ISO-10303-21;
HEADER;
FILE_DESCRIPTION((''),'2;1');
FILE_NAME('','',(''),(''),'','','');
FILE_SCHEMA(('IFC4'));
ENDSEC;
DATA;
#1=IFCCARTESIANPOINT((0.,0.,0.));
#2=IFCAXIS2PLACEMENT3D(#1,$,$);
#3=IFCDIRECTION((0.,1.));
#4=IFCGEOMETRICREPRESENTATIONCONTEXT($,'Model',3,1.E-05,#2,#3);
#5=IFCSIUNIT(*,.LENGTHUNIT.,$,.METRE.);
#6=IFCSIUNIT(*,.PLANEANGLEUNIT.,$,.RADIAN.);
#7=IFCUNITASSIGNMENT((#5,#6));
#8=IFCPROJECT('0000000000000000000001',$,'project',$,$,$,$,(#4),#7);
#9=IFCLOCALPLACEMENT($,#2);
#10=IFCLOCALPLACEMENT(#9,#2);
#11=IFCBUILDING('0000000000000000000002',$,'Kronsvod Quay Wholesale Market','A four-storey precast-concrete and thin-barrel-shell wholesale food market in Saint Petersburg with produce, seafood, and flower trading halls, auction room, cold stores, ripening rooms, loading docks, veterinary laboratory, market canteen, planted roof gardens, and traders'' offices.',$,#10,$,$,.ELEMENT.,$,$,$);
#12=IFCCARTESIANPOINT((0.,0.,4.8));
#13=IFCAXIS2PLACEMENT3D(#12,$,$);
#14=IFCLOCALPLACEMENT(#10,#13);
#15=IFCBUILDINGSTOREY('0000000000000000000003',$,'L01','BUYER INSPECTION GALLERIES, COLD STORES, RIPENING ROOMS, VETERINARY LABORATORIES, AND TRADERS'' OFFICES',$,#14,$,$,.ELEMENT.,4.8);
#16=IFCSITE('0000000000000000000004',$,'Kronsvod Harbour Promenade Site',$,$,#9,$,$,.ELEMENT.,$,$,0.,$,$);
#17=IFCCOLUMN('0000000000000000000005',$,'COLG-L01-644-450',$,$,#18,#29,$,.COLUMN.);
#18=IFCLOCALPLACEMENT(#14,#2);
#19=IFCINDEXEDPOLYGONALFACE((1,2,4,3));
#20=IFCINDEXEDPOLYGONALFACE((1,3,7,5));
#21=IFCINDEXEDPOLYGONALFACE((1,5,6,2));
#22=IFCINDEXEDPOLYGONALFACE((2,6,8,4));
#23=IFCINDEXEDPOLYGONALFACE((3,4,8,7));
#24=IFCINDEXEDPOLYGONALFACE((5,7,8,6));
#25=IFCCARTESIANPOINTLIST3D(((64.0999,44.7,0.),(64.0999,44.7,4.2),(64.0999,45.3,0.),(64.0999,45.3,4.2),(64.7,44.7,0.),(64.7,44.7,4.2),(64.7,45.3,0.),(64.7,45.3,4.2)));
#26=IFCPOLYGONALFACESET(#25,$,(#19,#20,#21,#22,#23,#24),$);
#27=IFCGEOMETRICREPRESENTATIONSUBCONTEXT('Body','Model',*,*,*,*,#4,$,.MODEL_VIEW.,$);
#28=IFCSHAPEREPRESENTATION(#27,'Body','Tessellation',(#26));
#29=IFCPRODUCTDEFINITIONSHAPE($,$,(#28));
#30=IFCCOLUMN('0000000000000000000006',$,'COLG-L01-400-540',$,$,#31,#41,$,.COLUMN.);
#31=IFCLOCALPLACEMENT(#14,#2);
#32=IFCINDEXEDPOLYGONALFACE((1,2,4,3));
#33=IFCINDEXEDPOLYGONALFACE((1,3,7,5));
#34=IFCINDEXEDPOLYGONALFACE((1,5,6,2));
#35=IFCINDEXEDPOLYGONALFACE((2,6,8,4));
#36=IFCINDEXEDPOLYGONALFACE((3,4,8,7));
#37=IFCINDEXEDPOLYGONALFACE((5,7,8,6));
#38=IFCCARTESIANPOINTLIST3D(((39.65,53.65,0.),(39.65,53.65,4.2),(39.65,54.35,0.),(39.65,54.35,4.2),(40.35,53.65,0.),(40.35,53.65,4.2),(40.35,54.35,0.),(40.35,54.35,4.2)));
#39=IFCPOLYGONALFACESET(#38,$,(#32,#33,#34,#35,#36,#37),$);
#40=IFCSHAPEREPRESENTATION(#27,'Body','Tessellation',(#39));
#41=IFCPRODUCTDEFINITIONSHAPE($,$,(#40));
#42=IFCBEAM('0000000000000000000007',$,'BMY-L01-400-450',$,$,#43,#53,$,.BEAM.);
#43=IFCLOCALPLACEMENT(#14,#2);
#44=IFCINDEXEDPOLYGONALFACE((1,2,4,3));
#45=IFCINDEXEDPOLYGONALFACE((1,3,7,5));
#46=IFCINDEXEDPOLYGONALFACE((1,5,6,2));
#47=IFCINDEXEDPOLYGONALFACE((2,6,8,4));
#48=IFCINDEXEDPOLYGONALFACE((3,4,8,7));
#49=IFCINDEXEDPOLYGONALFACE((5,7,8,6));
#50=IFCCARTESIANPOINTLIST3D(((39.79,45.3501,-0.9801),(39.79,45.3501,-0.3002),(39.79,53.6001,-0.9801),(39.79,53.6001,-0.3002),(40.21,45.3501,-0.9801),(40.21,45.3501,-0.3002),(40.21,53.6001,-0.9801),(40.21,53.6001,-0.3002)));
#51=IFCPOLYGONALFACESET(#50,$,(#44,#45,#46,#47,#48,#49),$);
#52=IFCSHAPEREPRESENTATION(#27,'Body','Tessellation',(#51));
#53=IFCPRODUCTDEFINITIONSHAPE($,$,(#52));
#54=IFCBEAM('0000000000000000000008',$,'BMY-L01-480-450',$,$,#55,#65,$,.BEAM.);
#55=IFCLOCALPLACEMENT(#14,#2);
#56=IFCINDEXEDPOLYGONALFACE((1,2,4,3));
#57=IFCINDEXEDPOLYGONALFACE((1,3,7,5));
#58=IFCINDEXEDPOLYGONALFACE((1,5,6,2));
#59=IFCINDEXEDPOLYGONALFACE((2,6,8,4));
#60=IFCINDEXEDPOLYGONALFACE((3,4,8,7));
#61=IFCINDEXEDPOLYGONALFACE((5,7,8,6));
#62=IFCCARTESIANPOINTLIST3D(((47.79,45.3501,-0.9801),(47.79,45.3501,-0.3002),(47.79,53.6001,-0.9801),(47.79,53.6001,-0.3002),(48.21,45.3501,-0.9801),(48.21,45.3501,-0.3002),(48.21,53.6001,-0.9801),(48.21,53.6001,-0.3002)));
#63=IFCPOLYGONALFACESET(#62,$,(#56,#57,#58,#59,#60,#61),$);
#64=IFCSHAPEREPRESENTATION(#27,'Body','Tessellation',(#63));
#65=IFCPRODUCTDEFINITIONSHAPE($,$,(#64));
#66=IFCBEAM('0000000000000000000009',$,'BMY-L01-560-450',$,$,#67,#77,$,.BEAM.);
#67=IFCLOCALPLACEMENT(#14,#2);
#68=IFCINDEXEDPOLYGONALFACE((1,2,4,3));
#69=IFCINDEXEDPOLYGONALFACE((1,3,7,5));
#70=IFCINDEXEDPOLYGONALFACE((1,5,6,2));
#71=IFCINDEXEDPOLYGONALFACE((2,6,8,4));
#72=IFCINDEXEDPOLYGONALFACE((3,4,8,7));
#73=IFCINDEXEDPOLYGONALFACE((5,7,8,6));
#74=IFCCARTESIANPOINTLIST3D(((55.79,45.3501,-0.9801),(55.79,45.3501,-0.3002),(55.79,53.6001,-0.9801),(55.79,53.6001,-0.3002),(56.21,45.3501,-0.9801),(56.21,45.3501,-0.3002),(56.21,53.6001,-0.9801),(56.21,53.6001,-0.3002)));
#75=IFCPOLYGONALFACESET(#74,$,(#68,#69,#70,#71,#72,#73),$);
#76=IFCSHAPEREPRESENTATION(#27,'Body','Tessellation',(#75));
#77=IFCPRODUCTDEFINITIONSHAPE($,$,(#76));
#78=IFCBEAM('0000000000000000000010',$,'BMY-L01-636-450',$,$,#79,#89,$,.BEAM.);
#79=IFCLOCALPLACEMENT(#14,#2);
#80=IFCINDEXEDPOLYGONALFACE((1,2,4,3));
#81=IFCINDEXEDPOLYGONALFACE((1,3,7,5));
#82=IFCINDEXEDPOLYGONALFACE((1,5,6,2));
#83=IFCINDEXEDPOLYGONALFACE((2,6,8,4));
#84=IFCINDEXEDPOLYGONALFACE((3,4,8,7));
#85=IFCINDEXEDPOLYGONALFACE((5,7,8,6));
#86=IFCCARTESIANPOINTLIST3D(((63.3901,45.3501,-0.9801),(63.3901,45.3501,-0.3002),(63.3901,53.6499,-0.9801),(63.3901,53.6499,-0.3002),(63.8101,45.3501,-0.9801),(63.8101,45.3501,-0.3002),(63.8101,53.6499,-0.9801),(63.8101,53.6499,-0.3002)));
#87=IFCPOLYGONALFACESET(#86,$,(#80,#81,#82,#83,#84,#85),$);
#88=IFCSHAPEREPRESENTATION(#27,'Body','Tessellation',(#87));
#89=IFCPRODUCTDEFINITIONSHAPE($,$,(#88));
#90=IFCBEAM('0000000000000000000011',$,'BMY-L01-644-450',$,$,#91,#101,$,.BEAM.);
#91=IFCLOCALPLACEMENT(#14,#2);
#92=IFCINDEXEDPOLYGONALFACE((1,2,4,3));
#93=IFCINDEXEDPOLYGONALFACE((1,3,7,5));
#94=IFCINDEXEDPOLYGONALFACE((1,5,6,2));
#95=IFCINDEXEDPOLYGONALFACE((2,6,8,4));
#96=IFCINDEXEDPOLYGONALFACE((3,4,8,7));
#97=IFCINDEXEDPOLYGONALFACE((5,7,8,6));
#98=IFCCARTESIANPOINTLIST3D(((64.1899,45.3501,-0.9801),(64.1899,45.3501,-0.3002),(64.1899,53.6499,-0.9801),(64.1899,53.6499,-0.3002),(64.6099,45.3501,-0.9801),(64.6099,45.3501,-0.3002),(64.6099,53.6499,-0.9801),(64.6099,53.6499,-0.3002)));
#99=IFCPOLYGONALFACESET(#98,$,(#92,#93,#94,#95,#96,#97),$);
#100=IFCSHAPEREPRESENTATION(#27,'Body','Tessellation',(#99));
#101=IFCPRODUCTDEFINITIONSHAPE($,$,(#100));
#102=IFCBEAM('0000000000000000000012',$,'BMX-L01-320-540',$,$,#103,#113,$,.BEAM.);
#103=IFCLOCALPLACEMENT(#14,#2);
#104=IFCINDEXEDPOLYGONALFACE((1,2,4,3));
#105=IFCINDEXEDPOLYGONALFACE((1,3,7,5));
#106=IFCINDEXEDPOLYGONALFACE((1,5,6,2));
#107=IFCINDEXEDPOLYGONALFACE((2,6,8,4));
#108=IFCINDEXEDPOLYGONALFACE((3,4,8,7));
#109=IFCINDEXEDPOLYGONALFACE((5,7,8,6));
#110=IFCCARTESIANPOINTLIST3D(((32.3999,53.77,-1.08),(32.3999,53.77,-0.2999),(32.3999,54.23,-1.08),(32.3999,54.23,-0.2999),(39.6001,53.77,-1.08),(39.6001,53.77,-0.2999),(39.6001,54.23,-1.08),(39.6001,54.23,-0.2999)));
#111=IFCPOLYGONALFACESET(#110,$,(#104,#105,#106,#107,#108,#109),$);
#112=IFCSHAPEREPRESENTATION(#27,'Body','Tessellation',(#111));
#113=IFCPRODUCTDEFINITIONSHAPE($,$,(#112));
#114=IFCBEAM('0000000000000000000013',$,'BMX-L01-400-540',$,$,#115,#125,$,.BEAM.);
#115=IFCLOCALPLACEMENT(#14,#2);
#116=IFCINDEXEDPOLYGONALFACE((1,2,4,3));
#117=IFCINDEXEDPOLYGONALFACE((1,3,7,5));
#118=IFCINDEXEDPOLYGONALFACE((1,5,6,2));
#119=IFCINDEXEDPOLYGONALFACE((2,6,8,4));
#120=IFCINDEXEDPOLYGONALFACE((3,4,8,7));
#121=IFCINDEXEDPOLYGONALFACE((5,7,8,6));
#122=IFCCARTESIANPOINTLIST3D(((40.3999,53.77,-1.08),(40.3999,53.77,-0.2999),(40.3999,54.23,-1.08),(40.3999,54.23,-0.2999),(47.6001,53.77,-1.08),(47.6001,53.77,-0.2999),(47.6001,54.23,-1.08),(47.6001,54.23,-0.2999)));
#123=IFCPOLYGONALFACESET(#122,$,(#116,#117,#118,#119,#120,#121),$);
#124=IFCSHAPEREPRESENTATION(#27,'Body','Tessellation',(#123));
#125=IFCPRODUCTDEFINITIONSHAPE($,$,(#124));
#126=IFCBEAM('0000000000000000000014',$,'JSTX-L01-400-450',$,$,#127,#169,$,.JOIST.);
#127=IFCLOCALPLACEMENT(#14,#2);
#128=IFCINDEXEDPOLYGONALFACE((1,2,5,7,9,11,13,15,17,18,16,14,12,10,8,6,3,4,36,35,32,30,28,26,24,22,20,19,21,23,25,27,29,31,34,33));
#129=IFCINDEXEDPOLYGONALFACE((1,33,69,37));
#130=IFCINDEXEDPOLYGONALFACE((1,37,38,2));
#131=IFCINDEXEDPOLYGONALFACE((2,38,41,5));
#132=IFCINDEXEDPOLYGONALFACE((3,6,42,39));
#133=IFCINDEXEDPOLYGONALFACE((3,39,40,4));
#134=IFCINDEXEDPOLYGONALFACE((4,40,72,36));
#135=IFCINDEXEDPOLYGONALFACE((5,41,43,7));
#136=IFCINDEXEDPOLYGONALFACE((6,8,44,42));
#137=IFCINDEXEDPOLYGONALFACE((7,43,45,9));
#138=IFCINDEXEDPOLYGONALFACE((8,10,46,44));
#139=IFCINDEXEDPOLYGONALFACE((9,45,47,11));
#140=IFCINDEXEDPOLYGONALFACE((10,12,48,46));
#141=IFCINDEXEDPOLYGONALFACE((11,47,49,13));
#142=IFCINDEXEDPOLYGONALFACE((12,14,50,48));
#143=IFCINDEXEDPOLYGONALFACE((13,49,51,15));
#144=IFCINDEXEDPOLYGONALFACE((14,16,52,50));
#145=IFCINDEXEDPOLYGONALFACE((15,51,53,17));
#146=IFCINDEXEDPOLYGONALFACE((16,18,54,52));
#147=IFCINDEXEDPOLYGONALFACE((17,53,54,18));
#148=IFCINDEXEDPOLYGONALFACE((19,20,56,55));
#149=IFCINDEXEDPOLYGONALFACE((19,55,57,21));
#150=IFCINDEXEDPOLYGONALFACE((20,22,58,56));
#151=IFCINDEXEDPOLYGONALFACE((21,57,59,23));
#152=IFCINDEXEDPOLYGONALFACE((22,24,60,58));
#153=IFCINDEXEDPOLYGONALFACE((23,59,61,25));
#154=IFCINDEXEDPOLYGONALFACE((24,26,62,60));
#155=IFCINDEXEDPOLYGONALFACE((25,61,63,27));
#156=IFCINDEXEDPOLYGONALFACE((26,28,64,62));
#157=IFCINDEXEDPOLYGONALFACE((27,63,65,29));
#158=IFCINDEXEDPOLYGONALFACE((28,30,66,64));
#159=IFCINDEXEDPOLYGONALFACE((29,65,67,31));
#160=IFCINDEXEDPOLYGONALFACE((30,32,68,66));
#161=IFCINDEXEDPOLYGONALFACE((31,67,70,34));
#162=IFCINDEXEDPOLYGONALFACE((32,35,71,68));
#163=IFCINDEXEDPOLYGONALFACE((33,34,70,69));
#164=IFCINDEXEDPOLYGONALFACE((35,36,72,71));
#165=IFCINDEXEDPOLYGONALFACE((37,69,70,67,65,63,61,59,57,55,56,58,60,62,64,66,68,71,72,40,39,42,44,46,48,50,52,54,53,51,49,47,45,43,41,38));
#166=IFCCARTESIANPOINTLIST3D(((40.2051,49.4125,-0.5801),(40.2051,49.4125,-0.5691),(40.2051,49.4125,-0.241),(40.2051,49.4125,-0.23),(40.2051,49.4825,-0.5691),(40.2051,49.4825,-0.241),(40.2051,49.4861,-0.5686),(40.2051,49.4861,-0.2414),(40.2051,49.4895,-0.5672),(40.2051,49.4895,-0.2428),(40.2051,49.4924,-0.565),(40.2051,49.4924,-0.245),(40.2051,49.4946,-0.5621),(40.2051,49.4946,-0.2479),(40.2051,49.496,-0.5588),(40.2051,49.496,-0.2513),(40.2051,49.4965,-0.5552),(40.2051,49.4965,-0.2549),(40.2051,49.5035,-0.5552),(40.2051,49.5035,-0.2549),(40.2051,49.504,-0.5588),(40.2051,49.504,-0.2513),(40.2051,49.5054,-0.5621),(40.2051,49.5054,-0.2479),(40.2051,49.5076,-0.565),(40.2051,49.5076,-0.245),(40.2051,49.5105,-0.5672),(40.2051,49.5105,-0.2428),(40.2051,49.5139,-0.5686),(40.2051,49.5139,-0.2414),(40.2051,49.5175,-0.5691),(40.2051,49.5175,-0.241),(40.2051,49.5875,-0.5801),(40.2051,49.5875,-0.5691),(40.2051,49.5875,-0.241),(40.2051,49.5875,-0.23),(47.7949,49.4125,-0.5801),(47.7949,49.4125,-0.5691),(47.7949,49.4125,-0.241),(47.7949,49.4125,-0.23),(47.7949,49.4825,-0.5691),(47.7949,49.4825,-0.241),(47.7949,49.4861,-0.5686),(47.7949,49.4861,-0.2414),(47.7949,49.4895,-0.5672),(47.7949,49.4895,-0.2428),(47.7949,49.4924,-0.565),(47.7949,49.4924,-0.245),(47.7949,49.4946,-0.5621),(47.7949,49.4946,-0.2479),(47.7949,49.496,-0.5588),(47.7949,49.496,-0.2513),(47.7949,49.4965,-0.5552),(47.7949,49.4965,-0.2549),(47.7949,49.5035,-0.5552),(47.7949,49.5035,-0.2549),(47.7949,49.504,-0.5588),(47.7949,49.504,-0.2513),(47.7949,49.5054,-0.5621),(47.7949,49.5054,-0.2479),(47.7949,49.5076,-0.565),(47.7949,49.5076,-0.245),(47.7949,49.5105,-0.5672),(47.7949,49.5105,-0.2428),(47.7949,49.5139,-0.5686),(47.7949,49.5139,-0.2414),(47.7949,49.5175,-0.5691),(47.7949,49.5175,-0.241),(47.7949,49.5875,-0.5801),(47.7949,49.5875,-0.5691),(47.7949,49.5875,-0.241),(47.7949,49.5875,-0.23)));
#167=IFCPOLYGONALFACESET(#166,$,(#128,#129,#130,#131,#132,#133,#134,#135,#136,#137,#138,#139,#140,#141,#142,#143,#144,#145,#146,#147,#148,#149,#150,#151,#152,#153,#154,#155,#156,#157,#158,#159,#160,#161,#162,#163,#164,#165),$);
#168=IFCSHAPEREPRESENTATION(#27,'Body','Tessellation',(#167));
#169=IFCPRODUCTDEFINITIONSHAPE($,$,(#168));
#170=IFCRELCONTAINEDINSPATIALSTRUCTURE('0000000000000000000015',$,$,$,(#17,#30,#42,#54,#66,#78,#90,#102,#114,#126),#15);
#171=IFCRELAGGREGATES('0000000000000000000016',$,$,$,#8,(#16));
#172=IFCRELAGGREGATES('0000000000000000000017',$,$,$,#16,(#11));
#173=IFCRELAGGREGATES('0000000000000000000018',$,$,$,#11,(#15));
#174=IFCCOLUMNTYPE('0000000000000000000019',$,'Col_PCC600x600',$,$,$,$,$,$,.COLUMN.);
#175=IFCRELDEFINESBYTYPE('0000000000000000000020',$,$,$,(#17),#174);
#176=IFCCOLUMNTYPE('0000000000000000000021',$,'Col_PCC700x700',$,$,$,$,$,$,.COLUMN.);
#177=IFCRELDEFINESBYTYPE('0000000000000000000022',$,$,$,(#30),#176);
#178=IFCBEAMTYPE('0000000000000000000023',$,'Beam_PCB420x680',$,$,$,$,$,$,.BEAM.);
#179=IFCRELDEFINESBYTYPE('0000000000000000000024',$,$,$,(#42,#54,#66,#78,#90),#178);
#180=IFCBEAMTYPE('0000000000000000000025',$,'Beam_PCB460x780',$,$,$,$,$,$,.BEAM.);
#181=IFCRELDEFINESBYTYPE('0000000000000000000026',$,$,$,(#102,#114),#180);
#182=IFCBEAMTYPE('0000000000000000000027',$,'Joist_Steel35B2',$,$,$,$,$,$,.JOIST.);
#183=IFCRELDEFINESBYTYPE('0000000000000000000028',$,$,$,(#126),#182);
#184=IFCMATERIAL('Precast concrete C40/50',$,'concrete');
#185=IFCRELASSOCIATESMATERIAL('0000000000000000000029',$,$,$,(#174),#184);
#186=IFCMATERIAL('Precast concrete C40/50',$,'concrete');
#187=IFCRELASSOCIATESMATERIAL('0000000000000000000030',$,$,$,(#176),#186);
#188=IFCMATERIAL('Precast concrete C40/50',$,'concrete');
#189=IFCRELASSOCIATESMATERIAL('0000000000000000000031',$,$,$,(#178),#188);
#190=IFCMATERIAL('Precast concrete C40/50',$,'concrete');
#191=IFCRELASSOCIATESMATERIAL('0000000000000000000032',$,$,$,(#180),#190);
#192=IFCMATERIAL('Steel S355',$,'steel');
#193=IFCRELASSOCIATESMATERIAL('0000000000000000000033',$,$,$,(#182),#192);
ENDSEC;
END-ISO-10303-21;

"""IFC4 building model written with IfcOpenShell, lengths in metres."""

from ifc_helpers import new_model, si_unit, direction, frame, origin, origin_2d, place, context, subcontext, project, spatial, rectangle, i_section, extrude, material, material_profile, profile_set, type_object, element, save


model = new_model("IFC4")

# Units and contexts
model_context = context("Model", 3, precision=1e-05, world=origin(), true_north=direction((0.0, 1.0)))
body_context = subcontext(model_context, "Body", "Model", "MODEL_VIEW")
ifc_project = project(units=[si_unit("LENGTHUNIT", "METRE"), si_unit("PLANEANGLEUNIT", "RADIAN")], contexts=[model_context])

# Site, building, storey
site_placement = place(None, origin())
site = spatial("IfcSite", under=ifc_project, at=site_placement, Name="Kronsvod Harbour Promenade Site", CompositionType="ELEMENT", RefElevation=0.0)
building_placement = place(site_placement, origin())
building = spatial("IfcBuilding", under=site, at=building_placement, Name="Kronsvod Quay Wholesale Market", Description="A four-storey precast-concrete and thin-barrel-shell wholesale food market in Saint Petersburg with produce, seafood, and flower trading halls, auction room, cold stores, ripening rooms, loading docks, veterinary laboratory, market canteen, planted roof gardens, and traders' offices.", CompositionType="ELEMENT")
storey_placement = place(building_placement, frame((0.0, 0.0, 4.8)))
storey = spatial("IfcBuildingStorey", under=building, at=storey_placement, Name="L01", Description="BUYER INSPECTION GALLERIES, COLD STORES, RIPENING ROOMS, VETERINARY LABORATORIES, AND TRADERS' OFFICES", CompositionType="ELEMENT", Elevation=4.8)

# Columns
ifc_material_1 = material(Name="Precast concrete C40/50", Category="concrete")
ifc_material_profile_1 = material_profile(ifc_material_1, rectangle(XDim=0.6001, YDim=0.6001, at=origin_2d()), Name="PCC600x600")
ifc_profile_set_1 = profile_set([ifc_material_profile_1], Name="Precast concrete C40/50")
column_type_1 = type_object("IfcColumnType", Name="Col_PCC600x600", PredefinedType="COLUMN", material=ifc_profile_set_1)
column_1_placement = place(storey_placement, frame((64.3999, 45.0, 0.0), z_axis=(0.0, 0.0, 1.0), x_axis=(1.0, 0.0, 0.0)))
element("IfcColumn", 1, at=column_1_placement, inside=storey, type_object=column_type_1, Name="COLG-L01-644-450", PredefinedType="COLUMN", context=body_context, shape_type="SweptSolid", body=[
    extrude(rectangle(XDim=0.6001, YDim=0.6001, at=origin_2d()), origin(), (0.0, 0.0, 1.0), 4.2),
])
ifc_material_2 = material(Name="Precast concrete C40/50", Category="concrete")
ifc_material_profile_2 = material_profile(ifc_material_2, rectangle(XDim=0.7, YDim=0.7, at=origin_2d()), Name="PCC700x700")
ifc_profile_set_2 = profile_set([ifc_material_profile_2], Name="Precast concrete C40/50")
column_type_2 = type_object("IfcColumnType", Name="Col_PCC700x700", PredefinedType="COLUMN", material=ifc_profile_set_2)
column_2_placement = place(storey_placement, frame((40.0, 54.0, 0.0), z_axis=(0.0, 0.0, 1.0), x_axis=(1.0, 0.0, 0.0)))
element("IfcColumn", 2, at=column_2_placement, inside=storey, type_object=column_type_2, Name="COLG-L01-400-540", PredefinedType="COLUMN", context=body_context, shape_type="SweptSolid", body=[
    extrude(rectangle(XDim=0.7, YDim=0.7, at=origin_2d()), origin(), (0.0, 0.0, 1.0), 4.2),
])

# Beams
ifc_material_3 = material(Name="Precast concrete C40/50", Category="concrete")
ifc_material_profile_3 = material_profile(ifc_material_3, rectangle(XDim=0.4199, YDim=0.6799, at=origin_2d()), Name="PB-05")
ifc_profile_set_3 = profile_set([ifc_material_profile_3], Name="Precast concrete C40/50")
beam_type_1 = type_object("IfcBeamType", Name="Beam_PCB420x680", PredefinedType="BEAM", material=ifc_profile_set_3)
for number, where, z_axis, x_axis, name in (
    (3, (40.0, 45.3501, -0.6401), (0.0, 1.0, 0.0), (-1.0, 0.0, 0.0), "BMY-L01-400-450"),
    (4, (48.0, 45.3501, -0.6401), (0.0, 1.0, 0.0), (-1.0, 0.0, 0.0), "BMY-L01-480-450"),
    (5, (56.0, 45.3501, -0.6401), (0.0, 1.0, 0.0), (-1.0, 0.0, 0.0), "BMY-L01-560-450"),
):
    element("IfcBeam", number, at=place(storey_placement, frame(where, z_axis=z_axis, x_axis=x_axis)), inside=storey, type_object=beam_type_1, Name=name, PredefinedType="BEAM", context=body_context, shape_type="SweptSolid", body=[
        extrude(rectangle(XDim=0.4199, YDim=0.6799, at=origin_2d()), origin(), (0.0, 0.0, 1.0), 8.25),
    ])
for number, where, z_axis, x_axis, name in (
    (6, (63.6001, 45.3501, -0.6401), (0.0, 1.0, 0.0), (-1.0, 0.0, 0.0), "BMY-L01-636-450"),
    (7, (64.3999, 45.3501, -0.6401), (0.0, 1.0, 0.0), (-1.0, 0.0, 0.0), "BMY-L01-644-450"),
):
    element("IfcBeam", number, at=place(storey_placement, frame(where, z_axis=z_axis, x_axis=x_axis)), inside=storey, type_object=beam_type_1, Name=name, PredefinedType="BEAM", context=body_context, shape_type="SweptSolid", body=[
        extrude(rectangle(XDim=0.4199, YDim=0.6799, at=origin_2d()), origin(), (0.0, 0.0, 1.0), 8.2998),
    ])
ifc_material_4 = material(Name="Precast concrete C40/50", Category="concrete")
ifc_material_profile_4 = material_profile(ifc_material_4, rectangle(XDim=0.46, YDim=0.78, at=origin_2d()), Name="PB-03")
ifc_profile_set_4 = profile_set([ifc_material_profile_4], Name="Precast concrete C40/50")
beam_type_2 = type_object("IfcBeamType", Name="Beam_PCB460x780", PredefinedType="BEAM", material=ifc_profile_set_4)
for number, where, z_axis, x_axis, name in (
    (8, (32.3999, 54.0, -0.6899), (1.0, 0.0, 0.0), (0.0, 1.0, 0.0), "BMX-L01-320-540"),
    (9, (40.3999, 54.0, -0.6899), (1.0, 0.0, 0.0), (0.0, 1.0, 0.0), "BMX-L01-400-540"),
):
    element("IfcBeam", number, at=place(storey_placement, frame(where, z_axis=z_axis, x_axis=x_axis)), inside=storey, type_object=beam_type_2, Name=name, PredefinedType="BEAM", context=body_context, shape_type="SweptSolid", body=[
        extrude(rectangle(XDim=0.46, YDim=0.78, at=origin_2d()), origin(), (0.0, 0.0, 1.0), 7.2002),
    ])
ifc_material_5 = material(Name="Steel S355", Category="steel")
ifc_material_profile_5 = material_profile(ifc_material_5, i_section(OverallWidth=0.175, OverallDepth=0.3501, WebThickness=0.0071, FlangeThickness=0.011, FilletRadius=0.0139, at=origin_2d()), Name="35B2")
ifc_profile_set_5 = profile_set([ifc_material_profile_5], Name="Steel S355")
beam_type_3 = type_object("IfcBeamType", Name="Joist_Steel35B2", PredefinedType="JOIST", material=ifc_profile_set_5)
beam_1_placement = place(storey_placement, frame((40.2051, 49.5, -0.405), z_axis=(1.0, 0.0, 0.0), x_axis=(0.0, 1.0, 0.0)))
element("IfcBeam", 10, at=beam_1_placement, inside=storey, type_object=beam_type_3, Name="JSTX-L01-400-450", PredefinedType="JOIST", context=body_context, shape_type="SweptSolid", body=[
    extrude(i_section(OverallWidth=0.175, OverallDepth=0.3501, WebThickness=0.0071, FlangeThickness=0.011, FilletRadius=0.0139, at=origin_2d()), origin(), (0.0, 0.0, 1.0), 7.5898),
])

save(model, "model.ifc")
